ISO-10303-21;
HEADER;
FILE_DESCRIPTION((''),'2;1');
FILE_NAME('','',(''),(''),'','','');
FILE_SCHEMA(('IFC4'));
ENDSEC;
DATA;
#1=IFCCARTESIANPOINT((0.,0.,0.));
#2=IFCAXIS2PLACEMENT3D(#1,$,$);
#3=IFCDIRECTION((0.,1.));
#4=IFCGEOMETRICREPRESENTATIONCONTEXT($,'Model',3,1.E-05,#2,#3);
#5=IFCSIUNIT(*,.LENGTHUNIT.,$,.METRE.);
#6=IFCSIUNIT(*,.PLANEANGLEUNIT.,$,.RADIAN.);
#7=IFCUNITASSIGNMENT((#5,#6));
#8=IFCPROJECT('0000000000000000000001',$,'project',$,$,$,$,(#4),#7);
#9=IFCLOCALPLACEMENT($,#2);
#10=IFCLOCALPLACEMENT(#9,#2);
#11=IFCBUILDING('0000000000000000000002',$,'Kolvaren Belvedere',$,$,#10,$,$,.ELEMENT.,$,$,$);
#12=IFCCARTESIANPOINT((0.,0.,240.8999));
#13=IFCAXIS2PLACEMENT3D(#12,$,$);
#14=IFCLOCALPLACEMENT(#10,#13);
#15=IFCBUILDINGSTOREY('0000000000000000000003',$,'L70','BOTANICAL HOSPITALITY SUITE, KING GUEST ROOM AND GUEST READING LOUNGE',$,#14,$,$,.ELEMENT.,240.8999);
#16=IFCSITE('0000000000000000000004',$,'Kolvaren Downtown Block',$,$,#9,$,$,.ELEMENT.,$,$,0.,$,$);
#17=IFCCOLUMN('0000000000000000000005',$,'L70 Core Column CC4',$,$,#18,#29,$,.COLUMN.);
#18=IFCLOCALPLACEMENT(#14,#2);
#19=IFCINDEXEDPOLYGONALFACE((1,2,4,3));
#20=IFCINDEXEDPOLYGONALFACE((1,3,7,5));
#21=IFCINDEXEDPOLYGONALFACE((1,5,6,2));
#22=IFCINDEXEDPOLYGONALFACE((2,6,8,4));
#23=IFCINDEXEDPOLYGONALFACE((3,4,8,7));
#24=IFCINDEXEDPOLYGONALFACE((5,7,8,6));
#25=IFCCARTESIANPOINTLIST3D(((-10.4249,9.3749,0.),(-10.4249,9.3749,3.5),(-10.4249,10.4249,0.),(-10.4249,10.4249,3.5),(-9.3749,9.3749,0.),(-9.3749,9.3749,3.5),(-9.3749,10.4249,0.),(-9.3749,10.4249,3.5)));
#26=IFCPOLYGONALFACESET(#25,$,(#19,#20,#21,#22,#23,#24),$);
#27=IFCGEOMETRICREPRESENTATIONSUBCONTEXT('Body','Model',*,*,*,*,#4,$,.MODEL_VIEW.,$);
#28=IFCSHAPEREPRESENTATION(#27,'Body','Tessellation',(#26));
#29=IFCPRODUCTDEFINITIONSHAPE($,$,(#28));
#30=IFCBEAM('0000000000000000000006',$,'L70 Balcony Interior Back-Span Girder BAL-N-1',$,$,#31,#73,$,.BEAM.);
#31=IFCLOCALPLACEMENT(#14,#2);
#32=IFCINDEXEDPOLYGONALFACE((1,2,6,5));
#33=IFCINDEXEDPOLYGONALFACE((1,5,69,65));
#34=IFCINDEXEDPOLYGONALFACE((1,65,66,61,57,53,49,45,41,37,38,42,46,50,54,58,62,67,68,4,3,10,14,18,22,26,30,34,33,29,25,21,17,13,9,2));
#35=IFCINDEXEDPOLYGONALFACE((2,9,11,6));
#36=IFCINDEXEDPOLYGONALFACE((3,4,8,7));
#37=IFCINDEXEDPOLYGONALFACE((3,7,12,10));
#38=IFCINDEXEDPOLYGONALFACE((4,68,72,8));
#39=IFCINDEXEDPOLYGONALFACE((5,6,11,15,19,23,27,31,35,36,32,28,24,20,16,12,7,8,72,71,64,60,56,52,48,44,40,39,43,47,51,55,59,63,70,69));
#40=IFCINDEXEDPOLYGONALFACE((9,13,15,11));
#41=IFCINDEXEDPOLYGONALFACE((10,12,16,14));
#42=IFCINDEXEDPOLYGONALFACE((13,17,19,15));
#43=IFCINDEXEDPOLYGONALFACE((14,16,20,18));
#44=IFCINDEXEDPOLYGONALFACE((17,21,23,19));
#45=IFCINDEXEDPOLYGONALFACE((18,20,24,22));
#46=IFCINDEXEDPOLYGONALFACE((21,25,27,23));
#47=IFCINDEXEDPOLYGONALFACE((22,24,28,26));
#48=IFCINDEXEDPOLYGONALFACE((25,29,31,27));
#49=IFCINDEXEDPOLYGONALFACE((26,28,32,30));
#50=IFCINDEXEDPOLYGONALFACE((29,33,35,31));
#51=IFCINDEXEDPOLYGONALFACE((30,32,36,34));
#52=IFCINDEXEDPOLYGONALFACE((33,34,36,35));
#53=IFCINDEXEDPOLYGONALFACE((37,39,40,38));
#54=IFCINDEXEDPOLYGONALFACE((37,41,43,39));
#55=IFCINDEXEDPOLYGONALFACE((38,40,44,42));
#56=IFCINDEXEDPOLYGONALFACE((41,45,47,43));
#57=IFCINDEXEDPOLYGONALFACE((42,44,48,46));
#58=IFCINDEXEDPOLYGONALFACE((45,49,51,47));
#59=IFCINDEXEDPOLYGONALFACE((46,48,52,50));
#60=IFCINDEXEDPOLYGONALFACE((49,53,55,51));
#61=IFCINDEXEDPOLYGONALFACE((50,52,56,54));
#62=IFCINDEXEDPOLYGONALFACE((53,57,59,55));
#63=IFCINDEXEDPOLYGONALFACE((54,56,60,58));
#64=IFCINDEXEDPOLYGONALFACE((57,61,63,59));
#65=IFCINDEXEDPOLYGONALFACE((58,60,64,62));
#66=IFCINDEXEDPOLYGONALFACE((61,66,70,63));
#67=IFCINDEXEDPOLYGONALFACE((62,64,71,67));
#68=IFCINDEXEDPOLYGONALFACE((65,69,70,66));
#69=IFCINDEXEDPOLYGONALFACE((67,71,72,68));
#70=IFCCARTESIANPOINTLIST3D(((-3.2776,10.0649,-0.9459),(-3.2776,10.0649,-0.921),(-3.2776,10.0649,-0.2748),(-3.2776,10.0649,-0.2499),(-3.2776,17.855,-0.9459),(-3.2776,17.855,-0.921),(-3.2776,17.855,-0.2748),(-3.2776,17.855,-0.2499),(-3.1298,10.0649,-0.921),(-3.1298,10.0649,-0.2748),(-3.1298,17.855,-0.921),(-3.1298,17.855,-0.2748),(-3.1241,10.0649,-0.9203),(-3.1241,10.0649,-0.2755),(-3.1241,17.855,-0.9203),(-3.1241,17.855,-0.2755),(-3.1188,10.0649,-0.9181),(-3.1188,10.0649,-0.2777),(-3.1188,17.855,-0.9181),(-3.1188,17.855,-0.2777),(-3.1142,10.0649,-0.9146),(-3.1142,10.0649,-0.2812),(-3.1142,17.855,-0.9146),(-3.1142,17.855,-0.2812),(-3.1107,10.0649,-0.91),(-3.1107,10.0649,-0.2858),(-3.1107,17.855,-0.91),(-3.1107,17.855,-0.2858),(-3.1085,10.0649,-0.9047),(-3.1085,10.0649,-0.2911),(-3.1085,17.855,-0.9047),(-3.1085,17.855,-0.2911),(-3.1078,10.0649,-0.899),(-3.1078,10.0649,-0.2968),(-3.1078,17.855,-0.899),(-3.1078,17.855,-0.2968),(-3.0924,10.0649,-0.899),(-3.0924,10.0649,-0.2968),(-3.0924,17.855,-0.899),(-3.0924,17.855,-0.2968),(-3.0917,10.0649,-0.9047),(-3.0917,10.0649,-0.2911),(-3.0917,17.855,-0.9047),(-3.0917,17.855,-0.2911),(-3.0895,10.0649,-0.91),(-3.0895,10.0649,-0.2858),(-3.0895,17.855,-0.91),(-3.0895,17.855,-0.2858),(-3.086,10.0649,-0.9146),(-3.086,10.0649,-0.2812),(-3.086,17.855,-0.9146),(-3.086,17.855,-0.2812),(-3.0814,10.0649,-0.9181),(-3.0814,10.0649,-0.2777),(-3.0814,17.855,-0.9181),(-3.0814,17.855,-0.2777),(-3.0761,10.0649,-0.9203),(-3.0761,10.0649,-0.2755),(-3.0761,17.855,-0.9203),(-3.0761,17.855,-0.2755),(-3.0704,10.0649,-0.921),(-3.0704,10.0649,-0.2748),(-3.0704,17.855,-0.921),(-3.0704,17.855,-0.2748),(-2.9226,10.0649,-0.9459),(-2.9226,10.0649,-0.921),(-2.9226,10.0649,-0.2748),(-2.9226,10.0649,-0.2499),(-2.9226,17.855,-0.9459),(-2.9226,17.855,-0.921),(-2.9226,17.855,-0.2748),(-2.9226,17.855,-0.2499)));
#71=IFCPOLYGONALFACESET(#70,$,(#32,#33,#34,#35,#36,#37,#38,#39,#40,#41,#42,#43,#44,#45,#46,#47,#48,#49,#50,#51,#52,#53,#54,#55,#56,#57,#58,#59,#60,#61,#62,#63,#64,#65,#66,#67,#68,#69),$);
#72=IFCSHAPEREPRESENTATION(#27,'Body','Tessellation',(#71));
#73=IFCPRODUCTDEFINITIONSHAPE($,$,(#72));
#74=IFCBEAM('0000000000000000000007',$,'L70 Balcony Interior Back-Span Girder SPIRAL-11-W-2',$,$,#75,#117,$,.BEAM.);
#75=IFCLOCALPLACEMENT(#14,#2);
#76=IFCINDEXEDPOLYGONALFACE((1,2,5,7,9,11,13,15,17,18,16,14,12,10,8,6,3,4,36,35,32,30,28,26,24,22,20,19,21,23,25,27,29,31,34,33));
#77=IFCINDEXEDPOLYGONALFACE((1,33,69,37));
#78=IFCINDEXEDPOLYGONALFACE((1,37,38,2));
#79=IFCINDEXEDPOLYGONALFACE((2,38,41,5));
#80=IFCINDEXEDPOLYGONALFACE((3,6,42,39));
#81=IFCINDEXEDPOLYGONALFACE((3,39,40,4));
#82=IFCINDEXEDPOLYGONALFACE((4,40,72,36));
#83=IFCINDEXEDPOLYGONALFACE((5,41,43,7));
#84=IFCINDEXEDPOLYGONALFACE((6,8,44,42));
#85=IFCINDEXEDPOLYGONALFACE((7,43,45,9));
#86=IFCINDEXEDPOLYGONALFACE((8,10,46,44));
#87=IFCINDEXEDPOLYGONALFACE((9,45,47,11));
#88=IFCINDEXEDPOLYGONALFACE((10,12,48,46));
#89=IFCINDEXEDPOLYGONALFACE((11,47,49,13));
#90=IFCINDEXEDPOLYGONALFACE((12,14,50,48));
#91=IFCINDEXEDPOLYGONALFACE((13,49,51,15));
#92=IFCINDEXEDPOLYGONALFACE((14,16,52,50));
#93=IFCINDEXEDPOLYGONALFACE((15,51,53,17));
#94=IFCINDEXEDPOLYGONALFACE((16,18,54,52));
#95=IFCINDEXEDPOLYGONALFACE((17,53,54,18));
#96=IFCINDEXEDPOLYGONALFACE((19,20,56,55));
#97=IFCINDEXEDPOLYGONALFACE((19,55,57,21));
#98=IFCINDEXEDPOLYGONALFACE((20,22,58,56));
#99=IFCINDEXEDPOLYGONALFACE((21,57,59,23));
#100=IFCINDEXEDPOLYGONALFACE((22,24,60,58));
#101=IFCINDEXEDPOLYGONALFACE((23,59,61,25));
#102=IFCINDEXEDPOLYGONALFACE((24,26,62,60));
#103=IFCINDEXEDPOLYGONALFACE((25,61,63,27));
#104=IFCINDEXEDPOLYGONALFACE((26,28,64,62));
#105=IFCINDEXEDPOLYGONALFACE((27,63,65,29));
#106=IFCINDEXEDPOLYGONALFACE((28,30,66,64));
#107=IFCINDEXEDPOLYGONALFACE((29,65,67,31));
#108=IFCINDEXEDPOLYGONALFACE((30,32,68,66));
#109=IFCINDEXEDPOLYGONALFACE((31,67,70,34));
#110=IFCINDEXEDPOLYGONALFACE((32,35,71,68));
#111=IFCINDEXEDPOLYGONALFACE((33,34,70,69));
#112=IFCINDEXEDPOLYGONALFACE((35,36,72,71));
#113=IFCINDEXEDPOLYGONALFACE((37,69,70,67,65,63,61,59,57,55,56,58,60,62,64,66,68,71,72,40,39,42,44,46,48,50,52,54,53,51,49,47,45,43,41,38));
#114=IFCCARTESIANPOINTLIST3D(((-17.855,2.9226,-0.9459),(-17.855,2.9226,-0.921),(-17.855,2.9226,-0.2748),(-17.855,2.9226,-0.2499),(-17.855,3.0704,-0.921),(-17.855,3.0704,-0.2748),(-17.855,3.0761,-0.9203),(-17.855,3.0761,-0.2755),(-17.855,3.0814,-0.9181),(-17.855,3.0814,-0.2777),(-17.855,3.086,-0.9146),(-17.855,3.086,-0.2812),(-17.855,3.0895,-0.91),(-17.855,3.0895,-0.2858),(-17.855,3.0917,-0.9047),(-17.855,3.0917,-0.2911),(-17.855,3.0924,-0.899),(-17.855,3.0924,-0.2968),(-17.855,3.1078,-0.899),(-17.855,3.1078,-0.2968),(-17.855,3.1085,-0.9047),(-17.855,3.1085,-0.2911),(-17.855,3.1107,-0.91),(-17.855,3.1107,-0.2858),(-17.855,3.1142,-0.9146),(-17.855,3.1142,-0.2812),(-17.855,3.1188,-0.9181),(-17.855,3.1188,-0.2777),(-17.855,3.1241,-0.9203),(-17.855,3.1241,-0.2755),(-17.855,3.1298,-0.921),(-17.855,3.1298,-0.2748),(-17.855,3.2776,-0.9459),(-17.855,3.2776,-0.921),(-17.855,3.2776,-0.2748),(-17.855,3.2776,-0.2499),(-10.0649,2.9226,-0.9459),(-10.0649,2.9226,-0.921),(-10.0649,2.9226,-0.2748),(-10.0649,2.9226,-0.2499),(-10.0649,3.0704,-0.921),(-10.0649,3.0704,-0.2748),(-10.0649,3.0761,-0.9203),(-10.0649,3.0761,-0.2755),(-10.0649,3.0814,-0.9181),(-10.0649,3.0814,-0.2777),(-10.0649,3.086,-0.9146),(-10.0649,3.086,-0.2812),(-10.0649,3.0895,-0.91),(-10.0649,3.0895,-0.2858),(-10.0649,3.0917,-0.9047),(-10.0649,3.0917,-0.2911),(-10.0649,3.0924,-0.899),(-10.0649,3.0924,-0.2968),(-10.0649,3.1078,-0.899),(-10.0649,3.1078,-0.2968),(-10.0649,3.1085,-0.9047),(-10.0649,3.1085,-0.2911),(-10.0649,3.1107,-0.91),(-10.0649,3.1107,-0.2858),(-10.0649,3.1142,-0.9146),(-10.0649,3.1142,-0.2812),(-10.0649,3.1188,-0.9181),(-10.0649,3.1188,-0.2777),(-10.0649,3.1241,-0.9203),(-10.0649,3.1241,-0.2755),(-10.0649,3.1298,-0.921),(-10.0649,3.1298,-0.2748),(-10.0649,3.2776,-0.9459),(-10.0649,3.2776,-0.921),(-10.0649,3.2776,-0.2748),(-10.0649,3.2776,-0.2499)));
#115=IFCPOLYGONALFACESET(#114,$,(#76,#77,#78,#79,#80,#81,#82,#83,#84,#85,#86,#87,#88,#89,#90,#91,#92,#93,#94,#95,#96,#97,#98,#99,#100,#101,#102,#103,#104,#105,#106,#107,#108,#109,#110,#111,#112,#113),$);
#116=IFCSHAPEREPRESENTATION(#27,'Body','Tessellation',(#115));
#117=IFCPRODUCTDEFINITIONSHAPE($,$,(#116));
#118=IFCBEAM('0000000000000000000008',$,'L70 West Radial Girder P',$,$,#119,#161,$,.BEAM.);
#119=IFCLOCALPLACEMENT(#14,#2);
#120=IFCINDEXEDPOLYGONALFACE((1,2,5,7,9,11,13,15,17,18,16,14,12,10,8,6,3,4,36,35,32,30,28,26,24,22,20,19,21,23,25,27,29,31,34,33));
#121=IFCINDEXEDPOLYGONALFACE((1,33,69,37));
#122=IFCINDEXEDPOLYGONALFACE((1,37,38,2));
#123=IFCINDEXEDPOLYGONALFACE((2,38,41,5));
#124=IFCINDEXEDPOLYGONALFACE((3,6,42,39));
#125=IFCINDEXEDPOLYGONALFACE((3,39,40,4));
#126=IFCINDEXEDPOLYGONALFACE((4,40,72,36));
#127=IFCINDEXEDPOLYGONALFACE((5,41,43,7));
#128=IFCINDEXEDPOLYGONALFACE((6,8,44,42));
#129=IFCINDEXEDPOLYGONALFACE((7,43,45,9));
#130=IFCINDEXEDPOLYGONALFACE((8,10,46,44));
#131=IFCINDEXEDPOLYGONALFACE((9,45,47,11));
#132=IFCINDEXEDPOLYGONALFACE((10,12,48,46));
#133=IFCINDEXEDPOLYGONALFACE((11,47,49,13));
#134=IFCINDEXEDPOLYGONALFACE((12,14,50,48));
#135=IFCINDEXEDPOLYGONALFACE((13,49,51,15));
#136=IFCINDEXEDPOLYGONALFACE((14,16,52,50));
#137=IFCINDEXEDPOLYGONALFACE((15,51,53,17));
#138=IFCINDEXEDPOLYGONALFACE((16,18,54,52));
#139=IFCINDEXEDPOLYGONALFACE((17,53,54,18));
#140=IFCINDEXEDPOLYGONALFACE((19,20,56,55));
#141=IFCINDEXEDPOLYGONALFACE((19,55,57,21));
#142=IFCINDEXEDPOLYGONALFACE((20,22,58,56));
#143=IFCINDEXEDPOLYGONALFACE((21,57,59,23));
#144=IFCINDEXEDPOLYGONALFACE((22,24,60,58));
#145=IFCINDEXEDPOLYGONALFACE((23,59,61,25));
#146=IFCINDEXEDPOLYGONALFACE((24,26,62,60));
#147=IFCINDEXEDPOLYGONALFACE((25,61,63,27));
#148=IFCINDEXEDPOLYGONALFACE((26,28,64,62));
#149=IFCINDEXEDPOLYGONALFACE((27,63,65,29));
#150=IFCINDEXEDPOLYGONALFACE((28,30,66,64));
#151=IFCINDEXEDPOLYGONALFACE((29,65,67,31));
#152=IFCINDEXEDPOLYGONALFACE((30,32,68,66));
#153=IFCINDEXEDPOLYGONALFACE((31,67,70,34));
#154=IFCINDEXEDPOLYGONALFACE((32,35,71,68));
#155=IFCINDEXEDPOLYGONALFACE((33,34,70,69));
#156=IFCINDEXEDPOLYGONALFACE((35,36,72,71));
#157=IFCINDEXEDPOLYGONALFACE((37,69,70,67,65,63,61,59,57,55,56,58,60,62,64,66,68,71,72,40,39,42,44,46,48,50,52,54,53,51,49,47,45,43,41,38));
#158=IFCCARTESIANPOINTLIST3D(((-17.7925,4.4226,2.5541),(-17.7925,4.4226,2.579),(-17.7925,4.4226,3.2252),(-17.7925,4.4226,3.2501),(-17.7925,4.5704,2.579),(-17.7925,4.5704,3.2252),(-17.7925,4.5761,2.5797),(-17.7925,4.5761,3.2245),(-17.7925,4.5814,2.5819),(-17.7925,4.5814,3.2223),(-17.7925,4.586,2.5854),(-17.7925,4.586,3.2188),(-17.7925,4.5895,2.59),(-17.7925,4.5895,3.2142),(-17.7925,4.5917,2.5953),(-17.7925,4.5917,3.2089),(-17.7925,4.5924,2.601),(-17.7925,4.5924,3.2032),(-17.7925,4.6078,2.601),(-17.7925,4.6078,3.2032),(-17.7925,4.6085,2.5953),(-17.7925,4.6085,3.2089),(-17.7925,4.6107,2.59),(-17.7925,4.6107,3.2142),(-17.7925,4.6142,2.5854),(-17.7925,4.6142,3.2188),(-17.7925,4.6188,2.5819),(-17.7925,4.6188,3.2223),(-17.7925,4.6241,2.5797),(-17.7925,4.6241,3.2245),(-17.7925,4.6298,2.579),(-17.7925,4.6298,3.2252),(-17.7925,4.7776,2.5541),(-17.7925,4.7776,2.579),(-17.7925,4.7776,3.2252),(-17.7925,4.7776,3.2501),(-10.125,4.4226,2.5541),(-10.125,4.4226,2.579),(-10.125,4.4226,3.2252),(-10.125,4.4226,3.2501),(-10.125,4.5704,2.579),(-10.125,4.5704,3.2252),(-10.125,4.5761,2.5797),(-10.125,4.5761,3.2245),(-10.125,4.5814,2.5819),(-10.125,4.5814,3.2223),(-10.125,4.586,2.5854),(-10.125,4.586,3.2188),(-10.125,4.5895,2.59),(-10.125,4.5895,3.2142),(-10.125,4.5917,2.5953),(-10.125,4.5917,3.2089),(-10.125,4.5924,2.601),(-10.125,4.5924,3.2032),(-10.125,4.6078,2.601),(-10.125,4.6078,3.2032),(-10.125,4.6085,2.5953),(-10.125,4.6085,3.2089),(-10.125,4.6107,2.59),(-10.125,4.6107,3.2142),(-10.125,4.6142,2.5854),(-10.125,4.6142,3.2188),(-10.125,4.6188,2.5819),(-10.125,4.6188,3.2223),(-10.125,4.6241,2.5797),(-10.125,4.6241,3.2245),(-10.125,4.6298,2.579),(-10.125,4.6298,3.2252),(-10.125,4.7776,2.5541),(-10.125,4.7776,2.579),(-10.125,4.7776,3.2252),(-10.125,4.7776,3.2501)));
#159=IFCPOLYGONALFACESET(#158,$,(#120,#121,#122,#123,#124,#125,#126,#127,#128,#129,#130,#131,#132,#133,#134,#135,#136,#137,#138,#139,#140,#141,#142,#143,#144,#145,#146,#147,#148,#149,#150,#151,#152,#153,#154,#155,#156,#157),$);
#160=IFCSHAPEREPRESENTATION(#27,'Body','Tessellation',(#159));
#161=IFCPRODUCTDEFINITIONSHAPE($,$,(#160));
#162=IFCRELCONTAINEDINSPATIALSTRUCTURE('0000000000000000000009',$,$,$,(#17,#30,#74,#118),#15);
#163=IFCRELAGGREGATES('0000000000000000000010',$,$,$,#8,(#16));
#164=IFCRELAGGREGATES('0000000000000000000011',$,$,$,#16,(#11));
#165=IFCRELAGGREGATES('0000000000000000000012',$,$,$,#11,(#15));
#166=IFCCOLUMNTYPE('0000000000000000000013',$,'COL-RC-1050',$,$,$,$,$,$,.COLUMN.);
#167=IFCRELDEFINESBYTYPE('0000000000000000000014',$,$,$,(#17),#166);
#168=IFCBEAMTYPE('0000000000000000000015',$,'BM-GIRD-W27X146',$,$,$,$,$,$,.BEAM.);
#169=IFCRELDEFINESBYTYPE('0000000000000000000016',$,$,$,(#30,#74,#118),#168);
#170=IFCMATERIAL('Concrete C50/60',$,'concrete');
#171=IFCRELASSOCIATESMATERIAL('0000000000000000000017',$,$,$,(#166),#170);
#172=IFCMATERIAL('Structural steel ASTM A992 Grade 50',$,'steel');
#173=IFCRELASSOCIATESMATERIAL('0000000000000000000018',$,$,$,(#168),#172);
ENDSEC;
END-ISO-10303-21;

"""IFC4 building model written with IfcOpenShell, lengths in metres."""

from ifc_helpers import new_model, si_unit, direction, frame, origin, origin_2d, place, context, subcontext, project, spatial, rectangle, i_section, extrude, material, material_profile, profile_set, type_object, element, save


model = new_model("IFC4")

# Units and contexts
model_context = context("Model", 3, precision=1e-05, world=origin(), true_north=direction((0.0, 1.0)))
body_context = subcontext(model_context, "Body", "Model", "MODEL_VIEW")
ifc_project = project(units=[si_unit("LENGTHUNIT", "METRE"), si_unit("PLANEANGLEUNIT", "RADIAN")], contexts=[model_context])

# Site, building, storey
site_placement = place(None, origin())
site = spatial("IfcSite", under=ifc_project, at=site_placement, Name="Kolvaren Downtown Block", CompositionType="ELEMENT", RefElevation=0.0)
building_placement = place(site_placement, origin())
building = spatial("IfcBuilding", under=site, at=building_placement, Name="Kolvaren Belvedere", CompositionType="ELEMENT")
storey_placement = place(building_placement, frame((0.0, 0.0, 240.8999)))
storey = spatial("IfcBuildingStorey", under=building, at=storey_placement, Name="L70", Description="BOTANICAL HOSPITALITY SUITE, KING GUEST ROOM AND GUEST READING LOUNGE", CompositionType="ELEMENT", Elevation=240.8999)

# Column
ifc_material_1 = material(Name="Concrete C50/60", Category="concrete")
ifc_material_profile_1 = material_profile(ifc_material_1, rectangle(XDim=1.05, YDim=1.05, at=origin_2d()), Name="RC 1050X1050")
ifc_profile_set_1 = profile_set([ifc_material_profile_1], Name="Concrete C50/60")
column_type = type_object("IfcColumnType", Name="COL-RC-1050", PredefinedType="COLUMN", material=ifc_profile_set_1)
column_placement = place(storey_placement, frame((-9.8999, 9.8999, 0.0), z_axis=(0.0, 0.0, 1.0), x_axis=(1.0, 0.0, 0.0)))
element("IfcColumn", 1, at=column_placement, inside=storey, type_object=column_type, Name="L70 Core Column CC4", PredefinedType="COLUMN", context=body_context, shape_type="SweptSolid", body=[
    extrude(rectangle(XDim=1.05, YDim=1.05, at=origin_2d()), origin(), (0.0, 0.0, 1.0), 3.5),
])

# Beams
ifc_material_2 = material(Name="Structural steel ASTM A992 Grade 50", Category="steel")
ifc_material_profile_2 = material_profile(ifc_material_2, i_section(OverallWidth=0.355, OverallDepth=0.696, WebThickness=0.0154, FlangeThickness=0.0249, FilletRadius=0.022, at=origin_2d()), Name="W27X146")
ifc_profile_set_2 = profile_set([ifc_material_profile_2], Name="Structural steel ASTM A992 Grade 50")
beam_type = type_object("IfcBeamType", Name="BM-GIRD-W27X146", PredefinedType="BEAM", material=ifc_profile_set_2)
for number, where, z_axis, x_axis, name in (
    (2, (-3.1001, 10.0649, -0.5979), (0.0, 1.0, 0.0), (-1.0, 0.0, 0.0), "L70 Balcony Interior Back-Span Girder BAL-N-1"),
    (3, (-10.0649, 3.1001, -0.5979), (-1.0, 0.0, 0.0), (0.0, -1.0, 0.0), "L70 Balcony Interior Back-Span Girder SPIRAL-11-W-2"),
):
    element("IfcBeam", number, at=place(storey_placement, frame(where, z_axis=z_axis, x_axis=x_axis)), inside=storey, type_object=beam_type, Name=name, PredefinedType="BEAM", context=body_context, shape_type="SweptSolid", body=[
        extrude(i_section(OverallWidth=0.355, OverallDepth=0.696, WebThickness=0.0154, FlangeThickness=0.0249, FilletRadius=0.022, at=origin_2d()), origin(), (0.0, 0.0, 1.0), 7.79),
    ])
beam_1_placement = place(storey_placement, frame((-10.125, 4.6001, 2.9021), z_axis=(-1.0, 0.0, 0.0), x_axis=(0.0, -1.0, 0.0)))
element("IfcBeam", 4, at=beam_1_placement, inside=storey, type_object=beam_type, Name="L70 West Radial Girder P", PredefinedType="BEAM", context=body_context, shape_type="SweptSolid", body=[
    extrude(i_section(OverallWidth=0.355, OverallDepth=0.696, WebThickness=0.0154, FlangeThickness=0.0249, FilletRadius=0.022, at=origin_2d()), origin(), (0.0, 0.0, 1.0), 7.6675),
])

save(model, "model.ifc")
